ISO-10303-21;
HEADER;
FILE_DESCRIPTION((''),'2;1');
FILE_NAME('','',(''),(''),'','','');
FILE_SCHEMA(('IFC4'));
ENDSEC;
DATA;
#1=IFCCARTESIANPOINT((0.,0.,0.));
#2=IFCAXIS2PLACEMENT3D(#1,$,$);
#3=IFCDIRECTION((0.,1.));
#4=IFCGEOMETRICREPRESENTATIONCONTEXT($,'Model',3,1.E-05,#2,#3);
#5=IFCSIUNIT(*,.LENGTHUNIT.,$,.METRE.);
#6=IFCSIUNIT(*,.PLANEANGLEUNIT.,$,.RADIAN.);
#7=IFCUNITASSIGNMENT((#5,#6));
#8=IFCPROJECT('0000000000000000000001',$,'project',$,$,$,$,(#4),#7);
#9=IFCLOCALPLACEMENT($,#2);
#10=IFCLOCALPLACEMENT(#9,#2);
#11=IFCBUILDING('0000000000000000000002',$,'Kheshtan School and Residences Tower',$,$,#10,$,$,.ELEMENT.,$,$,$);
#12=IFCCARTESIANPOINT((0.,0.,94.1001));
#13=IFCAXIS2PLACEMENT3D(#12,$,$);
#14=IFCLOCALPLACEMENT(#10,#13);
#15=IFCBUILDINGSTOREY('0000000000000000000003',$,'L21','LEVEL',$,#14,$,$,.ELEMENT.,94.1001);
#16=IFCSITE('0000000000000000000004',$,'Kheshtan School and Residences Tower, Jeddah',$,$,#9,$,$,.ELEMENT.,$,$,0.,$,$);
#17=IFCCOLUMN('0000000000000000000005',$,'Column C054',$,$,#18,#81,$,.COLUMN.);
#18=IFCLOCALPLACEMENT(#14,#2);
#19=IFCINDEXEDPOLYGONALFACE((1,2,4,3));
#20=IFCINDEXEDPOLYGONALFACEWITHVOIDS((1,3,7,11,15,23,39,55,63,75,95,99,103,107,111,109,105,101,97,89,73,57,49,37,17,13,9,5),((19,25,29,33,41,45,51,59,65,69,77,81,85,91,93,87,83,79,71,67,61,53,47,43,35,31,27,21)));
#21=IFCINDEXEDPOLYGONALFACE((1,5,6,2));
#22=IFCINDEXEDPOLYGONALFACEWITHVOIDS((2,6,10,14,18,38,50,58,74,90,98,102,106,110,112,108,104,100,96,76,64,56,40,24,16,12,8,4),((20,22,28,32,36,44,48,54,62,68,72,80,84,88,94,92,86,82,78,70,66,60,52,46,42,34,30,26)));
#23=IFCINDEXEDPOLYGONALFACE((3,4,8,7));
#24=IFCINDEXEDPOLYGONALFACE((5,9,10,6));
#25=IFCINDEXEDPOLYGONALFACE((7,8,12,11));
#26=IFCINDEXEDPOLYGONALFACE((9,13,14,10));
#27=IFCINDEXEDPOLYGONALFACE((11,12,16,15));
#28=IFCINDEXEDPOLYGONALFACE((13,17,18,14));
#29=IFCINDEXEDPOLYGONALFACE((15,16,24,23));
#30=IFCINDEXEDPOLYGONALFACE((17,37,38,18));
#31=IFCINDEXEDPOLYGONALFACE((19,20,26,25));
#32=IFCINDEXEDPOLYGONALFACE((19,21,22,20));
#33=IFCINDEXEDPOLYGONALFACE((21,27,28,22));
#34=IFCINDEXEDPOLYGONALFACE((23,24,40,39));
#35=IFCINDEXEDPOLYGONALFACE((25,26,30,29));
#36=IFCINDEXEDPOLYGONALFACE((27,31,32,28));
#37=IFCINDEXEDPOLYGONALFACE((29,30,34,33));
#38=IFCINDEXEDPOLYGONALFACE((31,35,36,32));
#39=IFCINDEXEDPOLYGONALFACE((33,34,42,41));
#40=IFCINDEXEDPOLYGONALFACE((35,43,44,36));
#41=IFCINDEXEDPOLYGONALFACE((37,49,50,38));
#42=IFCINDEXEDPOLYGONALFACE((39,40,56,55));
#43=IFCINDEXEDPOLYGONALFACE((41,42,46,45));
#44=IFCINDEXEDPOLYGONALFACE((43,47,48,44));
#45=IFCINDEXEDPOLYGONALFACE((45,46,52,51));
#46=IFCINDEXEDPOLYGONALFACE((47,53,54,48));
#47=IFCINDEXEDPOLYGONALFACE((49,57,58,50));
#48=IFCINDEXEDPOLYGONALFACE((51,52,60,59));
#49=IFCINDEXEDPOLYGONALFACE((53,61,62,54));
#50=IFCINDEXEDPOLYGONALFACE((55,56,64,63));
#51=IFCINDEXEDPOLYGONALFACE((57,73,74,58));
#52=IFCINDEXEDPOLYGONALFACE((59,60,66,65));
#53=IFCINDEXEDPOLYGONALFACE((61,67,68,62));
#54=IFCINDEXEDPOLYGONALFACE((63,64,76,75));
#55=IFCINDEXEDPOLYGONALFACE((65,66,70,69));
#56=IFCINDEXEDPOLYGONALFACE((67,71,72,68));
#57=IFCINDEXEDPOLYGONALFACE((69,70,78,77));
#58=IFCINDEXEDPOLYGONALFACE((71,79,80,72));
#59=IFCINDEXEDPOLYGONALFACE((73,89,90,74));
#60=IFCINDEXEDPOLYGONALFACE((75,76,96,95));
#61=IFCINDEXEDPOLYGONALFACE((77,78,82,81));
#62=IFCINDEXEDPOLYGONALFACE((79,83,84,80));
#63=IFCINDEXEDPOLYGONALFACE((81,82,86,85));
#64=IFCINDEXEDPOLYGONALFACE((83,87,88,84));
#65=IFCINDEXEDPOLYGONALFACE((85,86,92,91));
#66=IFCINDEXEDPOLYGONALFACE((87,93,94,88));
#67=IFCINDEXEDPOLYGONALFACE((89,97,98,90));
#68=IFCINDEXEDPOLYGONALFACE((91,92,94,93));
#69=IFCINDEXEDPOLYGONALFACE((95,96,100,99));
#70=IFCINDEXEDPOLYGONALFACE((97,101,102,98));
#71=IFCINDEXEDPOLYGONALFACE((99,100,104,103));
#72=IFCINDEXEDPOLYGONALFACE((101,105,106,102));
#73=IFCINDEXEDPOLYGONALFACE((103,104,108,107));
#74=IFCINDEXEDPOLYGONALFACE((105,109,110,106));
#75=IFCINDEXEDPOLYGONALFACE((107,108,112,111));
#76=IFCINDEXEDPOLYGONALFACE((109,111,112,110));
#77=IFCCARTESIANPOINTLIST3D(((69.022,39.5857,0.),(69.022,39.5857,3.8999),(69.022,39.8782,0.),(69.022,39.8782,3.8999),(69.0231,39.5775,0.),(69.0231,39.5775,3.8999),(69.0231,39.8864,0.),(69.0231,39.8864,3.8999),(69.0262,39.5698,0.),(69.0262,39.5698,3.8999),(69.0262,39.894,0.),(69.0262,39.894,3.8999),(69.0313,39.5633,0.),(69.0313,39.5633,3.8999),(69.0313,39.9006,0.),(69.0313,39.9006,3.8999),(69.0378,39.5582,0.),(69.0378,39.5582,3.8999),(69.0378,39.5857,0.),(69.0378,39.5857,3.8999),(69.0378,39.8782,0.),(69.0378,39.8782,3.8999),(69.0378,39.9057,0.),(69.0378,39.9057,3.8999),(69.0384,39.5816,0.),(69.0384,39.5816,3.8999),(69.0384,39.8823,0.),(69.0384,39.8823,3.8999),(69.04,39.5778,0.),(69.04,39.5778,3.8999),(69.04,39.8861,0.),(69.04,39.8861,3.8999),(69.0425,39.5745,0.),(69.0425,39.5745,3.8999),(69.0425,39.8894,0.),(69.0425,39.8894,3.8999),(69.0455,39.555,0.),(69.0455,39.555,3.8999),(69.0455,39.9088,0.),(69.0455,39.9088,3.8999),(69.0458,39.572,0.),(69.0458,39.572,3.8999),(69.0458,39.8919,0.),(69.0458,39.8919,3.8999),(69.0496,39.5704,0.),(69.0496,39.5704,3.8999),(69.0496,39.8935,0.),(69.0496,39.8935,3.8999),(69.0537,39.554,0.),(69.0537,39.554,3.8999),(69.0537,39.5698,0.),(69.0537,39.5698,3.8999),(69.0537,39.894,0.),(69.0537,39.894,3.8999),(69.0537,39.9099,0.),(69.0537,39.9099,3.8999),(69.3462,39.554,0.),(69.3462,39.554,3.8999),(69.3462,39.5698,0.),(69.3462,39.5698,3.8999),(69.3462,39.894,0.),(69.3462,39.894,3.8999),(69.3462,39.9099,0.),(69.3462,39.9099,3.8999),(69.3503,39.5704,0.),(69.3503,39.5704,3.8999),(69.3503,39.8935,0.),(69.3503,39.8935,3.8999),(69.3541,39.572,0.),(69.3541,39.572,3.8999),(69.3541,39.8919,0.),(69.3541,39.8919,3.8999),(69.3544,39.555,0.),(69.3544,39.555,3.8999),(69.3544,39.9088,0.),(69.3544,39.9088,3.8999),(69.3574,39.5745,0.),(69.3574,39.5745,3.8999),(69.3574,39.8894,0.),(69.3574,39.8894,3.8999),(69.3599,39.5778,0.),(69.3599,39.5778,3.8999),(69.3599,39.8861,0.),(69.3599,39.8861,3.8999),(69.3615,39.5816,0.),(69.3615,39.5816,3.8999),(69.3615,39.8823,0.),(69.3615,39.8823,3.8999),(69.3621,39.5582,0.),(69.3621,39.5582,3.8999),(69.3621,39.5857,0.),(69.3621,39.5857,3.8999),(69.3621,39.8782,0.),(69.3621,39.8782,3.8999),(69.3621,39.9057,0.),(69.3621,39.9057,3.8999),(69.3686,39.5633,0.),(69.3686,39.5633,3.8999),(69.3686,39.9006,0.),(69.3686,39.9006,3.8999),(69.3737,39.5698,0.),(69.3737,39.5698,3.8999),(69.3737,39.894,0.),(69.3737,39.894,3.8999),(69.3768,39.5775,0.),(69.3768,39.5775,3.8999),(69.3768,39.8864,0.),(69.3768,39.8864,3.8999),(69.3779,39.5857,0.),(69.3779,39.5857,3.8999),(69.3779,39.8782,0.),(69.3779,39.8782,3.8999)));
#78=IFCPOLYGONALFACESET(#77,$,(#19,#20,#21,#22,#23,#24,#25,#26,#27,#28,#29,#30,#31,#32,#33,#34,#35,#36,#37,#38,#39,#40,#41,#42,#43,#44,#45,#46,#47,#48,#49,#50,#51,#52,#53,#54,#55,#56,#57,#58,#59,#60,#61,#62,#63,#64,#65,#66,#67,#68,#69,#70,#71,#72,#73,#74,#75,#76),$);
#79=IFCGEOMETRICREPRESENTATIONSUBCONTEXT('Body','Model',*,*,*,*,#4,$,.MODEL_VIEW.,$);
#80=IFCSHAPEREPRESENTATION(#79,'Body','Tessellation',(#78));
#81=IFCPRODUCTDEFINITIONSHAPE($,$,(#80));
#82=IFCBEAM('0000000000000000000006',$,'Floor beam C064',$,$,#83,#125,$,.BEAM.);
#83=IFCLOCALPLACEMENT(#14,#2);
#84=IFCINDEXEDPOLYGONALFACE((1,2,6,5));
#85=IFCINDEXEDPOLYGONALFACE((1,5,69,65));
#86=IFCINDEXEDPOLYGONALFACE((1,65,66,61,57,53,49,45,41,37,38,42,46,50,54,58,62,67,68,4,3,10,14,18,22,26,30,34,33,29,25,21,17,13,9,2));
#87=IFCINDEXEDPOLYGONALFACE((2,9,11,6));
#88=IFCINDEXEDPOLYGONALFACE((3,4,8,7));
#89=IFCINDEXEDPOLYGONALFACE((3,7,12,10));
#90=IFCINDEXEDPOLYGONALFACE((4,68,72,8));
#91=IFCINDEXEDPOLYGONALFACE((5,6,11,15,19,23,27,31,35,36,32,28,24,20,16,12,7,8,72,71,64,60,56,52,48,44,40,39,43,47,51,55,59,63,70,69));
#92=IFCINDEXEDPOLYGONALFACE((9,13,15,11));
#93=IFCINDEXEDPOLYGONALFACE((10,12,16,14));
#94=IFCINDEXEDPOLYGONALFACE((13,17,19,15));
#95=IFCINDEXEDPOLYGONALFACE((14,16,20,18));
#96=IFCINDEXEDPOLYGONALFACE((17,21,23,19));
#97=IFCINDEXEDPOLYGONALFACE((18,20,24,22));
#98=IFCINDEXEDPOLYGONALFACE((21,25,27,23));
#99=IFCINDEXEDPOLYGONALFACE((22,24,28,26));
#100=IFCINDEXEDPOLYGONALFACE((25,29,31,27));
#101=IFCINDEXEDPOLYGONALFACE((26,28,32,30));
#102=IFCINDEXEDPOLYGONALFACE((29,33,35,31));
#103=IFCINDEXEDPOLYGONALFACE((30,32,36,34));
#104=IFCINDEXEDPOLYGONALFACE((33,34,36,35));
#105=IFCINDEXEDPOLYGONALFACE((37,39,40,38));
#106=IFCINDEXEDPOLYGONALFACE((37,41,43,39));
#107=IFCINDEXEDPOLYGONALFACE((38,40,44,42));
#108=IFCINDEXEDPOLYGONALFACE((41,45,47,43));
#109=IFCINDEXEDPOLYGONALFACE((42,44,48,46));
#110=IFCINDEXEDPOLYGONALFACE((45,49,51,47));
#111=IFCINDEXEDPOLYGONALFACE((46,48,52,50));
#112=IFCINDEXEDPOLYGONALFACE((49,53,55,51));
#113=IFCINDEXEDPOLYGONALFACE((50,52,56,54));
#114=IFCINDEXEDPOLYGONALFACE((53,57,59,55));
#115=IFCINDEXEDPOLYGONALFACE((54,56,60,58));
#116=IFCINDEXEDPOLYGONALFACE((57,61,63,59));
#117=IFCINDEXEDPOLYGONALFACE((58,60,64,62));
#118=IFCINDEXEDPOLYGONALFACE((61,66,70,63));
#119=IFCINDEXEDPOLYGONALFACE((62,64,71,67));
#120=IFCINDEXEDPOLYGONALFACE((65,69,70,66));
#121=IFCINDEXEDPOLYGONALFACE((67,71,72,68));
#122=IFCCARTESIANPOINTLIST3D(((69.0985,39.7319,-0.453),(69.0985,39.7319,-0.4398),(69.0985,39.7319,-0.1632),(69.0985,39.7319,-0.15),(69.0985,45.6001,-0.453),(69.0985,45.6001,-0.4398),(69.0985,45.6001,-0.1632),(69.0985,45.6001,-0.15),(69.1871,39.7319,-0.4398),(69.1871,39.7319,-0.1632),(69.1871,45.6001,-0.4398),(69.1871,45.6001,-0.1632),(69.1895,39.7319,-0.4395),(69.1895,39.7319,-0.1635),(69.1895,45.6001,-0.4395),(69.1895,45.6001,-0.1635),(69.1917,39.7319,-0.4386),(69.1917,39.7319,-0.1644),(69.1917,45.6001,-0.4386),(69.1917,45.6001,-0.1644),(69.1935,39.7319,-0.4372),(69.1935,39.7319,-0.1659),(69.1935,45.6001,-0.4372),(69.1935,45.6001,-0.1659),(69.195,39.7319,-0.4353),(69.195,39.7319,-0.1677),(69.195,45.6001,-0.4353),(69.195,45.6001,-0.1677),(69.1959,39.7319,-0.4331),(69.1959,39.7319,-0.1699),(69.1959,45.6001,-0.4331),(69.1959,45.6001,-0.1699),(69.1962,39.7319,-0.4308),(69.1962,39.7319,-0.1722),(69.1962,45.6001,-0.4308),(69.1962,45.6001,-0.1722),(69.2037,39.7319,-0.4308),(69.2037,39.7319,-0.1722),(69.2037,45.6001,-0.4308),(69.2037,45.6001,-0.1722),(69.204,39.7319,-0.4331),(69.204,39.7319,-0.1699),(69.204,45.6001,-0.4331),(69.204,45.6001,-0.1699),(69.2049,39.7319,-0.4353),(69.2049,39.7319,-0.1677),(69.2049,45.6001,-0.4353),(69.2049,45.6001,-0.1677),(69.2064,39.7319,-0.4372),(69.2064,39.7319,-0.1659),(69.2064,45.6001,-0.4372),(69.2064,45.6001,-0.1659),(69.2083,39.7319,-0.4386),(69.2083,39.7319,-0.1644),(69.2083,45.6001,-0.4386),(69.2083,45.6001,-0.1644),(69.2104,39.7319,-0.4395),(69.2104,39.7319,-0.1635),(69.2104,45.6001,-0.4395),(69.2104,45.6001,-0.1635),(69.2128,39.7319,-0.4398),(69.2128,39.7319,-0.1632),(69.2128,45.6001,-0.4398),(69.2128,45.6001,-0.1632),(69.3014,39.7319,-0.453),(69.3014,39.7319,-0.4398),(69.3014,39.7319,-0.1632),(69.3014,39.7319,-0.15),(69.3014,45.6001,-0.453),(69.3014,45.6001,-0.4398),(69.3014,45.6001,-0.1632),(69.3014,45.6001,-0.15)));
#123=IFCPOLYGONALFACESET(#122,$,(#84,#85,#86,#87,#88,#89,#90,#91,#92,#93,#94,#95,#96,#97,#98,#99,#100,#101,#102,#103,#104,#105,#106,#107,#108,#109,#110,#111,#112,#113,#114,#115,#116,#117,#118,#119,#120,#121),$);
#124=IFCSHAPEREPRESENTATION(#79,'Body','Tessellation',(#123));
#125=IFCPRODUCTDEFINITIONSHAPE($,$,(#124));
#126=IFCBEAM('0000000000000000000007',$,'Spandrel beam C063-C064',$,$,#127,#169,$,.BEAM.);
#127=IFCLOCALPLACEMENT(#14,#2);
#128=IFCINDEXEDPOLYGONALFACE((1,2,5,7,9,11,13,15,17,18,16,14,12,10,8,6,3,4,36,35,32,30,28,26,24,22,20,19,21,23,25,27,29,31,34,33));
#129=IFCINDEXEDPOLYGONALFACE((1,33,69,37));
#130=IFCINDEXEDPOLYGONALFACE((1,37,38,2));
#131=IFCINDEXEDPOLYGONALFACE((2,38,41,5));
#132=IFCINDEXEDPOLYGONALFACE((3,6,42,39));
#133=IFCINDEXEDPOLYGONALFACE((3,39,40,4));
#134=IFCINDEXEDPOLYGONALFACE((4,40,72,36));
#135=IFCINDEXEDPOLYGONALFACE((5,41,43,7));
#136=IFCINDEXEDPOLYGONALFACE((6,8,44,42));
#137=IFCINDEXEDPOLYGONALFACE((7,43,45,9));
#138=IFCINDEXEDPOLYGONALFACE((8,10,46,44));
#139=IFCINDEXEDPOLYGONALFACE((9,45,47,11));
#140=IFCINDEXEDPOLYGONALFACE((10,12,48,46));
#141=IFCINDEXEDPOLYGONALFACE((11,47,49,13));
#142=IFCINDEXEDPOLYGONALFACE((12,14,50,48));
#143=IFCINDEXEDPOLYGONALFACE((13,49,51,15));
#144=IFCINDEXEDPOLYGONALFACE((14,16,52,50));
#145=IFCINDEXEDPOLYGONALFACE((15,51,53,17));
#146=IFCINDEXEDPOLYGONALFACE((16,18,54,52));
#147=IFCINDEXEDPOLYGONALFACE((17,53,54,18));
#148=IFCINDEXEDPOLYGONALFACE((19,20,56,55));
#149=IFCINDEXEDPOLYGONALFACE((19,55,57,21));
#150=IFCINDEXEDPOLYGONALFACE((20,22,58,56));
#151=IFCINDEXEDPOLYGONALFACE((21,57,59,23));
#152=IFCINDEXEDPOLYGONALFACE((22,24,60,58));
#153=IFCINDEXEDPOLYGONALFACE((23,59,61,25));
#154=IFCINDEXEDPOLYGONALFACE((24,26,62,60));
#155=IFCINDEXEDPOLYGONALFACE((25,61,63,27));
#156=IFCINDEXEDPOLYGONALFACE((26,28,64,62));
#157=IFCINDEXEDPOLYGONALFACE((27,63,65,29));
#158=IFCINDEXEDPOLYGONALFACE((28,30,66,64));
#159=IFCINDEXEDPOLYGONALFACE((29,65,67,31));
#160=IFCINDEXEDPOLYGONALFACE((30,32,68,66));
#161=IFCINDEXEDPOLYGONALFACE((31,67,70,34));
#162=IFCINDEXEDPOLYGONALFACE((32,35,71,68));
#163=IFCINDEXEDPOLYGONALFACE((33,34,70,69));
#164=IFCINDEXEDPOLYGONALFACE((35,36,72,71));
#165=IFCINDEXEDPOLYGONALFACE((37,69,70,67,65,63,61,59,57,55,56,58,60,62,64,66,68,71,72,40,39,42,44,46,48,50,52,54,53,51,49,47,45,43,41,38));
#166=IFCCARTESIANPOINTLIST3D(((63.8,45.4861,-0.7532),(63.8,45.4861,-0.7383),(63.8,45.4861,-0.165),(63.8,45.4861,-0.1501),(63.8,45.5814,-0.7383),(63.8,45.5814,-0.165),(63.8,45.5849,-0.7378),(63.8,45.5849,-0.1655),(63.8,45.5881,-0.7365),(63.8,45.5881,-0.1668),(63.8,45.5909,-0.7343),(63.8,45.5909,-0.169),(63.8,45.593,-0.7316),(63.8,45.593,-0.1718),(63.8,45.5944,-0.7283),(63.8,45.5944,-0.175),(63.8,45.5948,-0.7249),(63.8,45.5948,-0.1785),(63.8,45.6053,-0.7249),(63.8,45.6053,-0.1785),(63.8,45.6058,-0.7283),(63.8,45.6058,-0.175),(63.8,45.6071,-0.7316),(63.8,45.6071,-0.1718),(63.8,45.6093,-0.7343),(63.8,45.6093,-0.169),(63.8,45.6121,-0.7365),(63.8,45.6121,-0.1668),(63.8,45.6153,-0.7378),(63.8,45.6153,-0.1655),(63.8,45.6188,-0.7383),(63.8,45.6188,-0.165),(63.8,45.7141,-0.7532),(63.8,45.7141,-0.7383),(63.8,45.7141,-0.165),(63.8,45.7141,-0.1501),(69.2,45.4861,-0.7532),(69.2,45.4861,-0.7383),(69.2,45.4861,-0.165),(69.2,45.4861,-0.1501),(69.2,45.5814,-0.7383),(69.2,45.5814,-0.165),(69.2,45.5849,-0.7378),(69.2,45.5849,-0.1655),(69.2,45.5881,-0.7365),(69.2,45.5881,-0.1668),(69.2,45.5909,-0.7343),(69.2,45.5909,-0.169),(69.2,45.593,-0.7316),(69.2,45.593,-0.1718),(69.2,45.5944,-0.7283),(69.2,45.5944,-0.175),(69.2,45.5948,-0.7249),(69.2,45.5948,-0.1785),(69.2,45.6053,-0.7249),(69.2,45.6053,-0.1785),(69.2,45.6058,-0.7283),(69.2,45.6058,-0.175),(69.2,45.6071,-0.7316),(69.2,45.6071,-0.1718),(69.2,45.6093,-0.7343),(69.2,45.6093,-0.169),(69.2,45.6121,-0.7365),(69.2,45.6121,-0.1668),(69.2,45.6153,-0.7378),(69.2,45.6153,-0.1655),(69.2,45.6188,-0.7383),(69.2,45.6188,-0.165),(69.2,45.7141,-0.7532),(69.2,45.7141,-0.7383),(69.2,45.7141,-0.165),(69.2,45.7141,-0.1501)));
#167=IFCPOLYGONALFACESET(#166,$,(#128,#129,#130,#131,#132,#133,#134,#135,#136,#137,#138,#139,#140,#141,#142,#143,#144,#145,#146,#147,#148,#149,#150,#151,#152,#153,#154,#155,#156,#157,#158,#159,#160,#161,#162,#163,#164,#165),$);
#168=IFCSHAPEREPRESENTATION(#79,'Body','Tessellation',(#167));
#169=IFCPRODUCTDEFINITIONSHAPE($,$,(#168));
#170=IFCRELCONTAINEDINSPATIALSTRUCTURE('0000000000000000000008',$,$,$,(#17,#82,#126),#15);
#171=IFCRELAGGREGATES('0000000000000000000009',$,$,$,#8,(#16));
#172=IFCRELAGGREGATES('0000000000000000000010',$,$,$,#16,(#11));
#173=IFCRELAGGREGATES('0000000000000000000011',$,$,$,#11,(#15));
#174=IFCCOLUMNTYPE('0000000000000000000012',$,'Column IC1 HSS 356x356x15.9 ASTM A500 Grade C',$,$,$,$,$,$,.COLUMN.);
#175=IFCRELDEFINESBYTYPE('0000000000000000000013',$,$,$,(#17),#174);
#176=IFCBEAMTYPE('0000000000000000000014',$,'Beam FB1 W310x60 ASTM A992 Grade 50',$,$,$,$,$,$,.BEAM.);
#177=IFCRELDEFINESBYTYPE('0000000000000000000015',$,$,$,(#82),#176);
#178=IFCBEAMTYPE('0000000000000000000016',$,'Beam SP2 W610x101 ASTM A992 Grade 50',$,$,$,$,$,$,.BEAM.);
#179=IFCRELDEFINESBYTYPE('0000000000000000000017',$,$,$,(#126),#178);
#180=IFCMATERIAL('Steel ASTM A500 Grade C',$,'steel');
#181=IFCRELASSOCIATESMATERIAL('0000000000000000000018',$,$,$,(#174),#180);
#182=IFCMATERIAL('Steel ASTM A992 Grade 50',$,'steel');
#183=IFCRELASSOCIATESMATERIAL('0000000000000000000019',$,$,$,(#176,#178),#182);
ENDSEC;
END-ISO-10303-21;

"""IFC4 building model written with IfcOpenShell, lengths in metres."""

from ifc_helpers import new_model, si_unit, direction, frame, origin, origin_2d, place, context, subcontext, project, spatial, hollow_rectangle, i_section, extrude, material, material_profile, profile_set, type_object, element, save


model = new_model("IFC4")

# Units and contexts
model_context = context("Model", 3, precision=1e-05, world=origin(), true_north=direction((0.0, 1.0)))
body_context = subcontext(model_context, "Body", "Model", "MODEL_VIEW")
ifc_project = project(units=[si_unit("LENGTHUNIT", "METRE"), si_unit("PLANEANGLEUNIT", "RADIAN")], contexts=[model_context])

# Site, building, storey
site_placement = place(None, origin())
site = spatial("IfcSite", under=ifc_project, at=site_placement, Name="Kheshtan School and Residences Tower, Jeddah", CompositionType="ELEMENT", RefElevation=0.0)
building_placement = place(site_placement, origin())
building = spatial("IfcBuilding", under=site, at=building_placement, Name="Kheshtan School and Residences Tower", CompositionType="ELEMENT")
storey_placement = place(building_placement, frame((0.0, 0.0, 94.1001)))
storey = spatial("IfcBuildingStorey", under=building, at=storey_placement, Name="L21", Description="LEVEL", CompositionType="ELEMENT", Elevation=94.1001)

# Column
ifc_material_1 = material(Name="Steel ASTM A992 Grade 50", Category="steel")
ifc_material_2 = material(Name="Steel ASTM A500 Grade C", Category="steel")
ifc_material_profile_1 = material_profile(ifc_material_2, hollow_rectangle(XDim=0.356, YDim=0.356, WallThickness=0.0159, InnerFilletRadius=0.0159, OuterFilletRadius=0.0317, at=origin_2d()), Name="HSS 356x356x15.9")
ifc_profile_set_1 = profile_set([ifc_material_profile_1], Name="Steel ASTM A500 Grade C")
column_type_1 = type_object("IfcColumnType", Name="Column IC1 HSS 356x356x15.9 ASTM A500 Grade C", PredefinedType="COLUMN", material=ifc_profile_set_1)
column_placement = place(storey_placement, frame((69.2, 39.7319, 0.0), z_axis=(0.0, 0.0, 1.0), x_axis=(1.0, 0.0, 0.0)))
element("IfcColumn", 1, at=column_placement, inside=storey, type_object=column_type_1, Name="Column C054", PredefinedType="COLUMN", context=body_context, shape_type="SweptSolid", body=[
    extrude(hollow_rectangle(XDim=0.356, YDim=0.356, WallThickness=0.0159, InnerFilletRadius=0.0159, OuterFilletRadius=0.0317, at=origin_2d()), origin(), (0.0, 0.0, 1.0), 3.8999),
])

# Beams
ifc_material_profile_2 = material_profile(ifc_material_1, i_section(OverallWidth=0.2029, OverallDepth=0.303, WebThickness=0.0076, FlangeThickness=0.0132, FilletRadius=0.009, at=origin_2d()), Name="W310x60")
ifc_profile_set_2 = profile_set([ifc_material_profile_2], Name="Steel ASTM A992 Grade 50")
beam_type_1 = type_object("IfcBeamType", Name="Beam FB1 W310x60 ASTM A992 Grade 50", PredefinedType="BEAM", material=ifc_profile_set_2)
beam_1_placement = place(storey_placement, frame((69.2, 45.6001, -0.3015), z_axis=(0.0, -1.0, 0.0), x_axis=(1.0, 0.0, 0.0)))
element("IfcBeam", 2, at=beam_1_placement, inside=storey, type_object=beam_type_1, Name="Floor beam C064", PredefinedType="BEAM", context=body_context, shape_type="SweptSolid", body=[
    extrude(i_section(OverallWidth=0.2029, OverallDepth=0.303, WebThickness=0.0076, FlangeThickness=0.0132, FilletRadius=0.009, at=origin_2d()), origin(), (0.0, 0.0, 1.0), 5.8682),
])
ifc_material_profile_3 = material_profile(ifc_material_1, i_section(OverallWidth=0.228, OverallDepth=0.603, WebThickness=0.0105, FlangeThickness=0.0149, FilletRadius=0.0134, at=origin_2d()), Name="W610x101")
ifc_profile_set_3 = profile_set([ifc_material_profile_3], Name="Steel ASTM A992 Grade 50")
beam_type_2 = type_object("IfcBeamType", Name="Beam SP2 W610x101 ASTM A992 Grade 50", PredefinedType="BEAM", material=ifc_profile_set_3)
beam_2_placement = place(storey_placement, frame((63.8, 45.6001, -0.4517), z_axis=(1.0, 0.0, 0.0), x_axis=(0.0, 1.0, 0.0)))
element("IfcBeam", 3, at=beam_2_placement, inside=storey, type_object=beam_type_2, Name="Spandrel beam C063-C064", PredefinedType="BEAM", context=body_context, shape_type="SweptSolid", body=[
    extrude(i_section(OverallWidth=0.228, OverallDepth=0.603, WebThickness=0.0105, FlangeThickness=0.0149, FilletRadius=0.0134, at=origin_2d()), origin(), (0.0, 0.0, 1.0), 5.3999),
])

save(model, "model.ifc")
